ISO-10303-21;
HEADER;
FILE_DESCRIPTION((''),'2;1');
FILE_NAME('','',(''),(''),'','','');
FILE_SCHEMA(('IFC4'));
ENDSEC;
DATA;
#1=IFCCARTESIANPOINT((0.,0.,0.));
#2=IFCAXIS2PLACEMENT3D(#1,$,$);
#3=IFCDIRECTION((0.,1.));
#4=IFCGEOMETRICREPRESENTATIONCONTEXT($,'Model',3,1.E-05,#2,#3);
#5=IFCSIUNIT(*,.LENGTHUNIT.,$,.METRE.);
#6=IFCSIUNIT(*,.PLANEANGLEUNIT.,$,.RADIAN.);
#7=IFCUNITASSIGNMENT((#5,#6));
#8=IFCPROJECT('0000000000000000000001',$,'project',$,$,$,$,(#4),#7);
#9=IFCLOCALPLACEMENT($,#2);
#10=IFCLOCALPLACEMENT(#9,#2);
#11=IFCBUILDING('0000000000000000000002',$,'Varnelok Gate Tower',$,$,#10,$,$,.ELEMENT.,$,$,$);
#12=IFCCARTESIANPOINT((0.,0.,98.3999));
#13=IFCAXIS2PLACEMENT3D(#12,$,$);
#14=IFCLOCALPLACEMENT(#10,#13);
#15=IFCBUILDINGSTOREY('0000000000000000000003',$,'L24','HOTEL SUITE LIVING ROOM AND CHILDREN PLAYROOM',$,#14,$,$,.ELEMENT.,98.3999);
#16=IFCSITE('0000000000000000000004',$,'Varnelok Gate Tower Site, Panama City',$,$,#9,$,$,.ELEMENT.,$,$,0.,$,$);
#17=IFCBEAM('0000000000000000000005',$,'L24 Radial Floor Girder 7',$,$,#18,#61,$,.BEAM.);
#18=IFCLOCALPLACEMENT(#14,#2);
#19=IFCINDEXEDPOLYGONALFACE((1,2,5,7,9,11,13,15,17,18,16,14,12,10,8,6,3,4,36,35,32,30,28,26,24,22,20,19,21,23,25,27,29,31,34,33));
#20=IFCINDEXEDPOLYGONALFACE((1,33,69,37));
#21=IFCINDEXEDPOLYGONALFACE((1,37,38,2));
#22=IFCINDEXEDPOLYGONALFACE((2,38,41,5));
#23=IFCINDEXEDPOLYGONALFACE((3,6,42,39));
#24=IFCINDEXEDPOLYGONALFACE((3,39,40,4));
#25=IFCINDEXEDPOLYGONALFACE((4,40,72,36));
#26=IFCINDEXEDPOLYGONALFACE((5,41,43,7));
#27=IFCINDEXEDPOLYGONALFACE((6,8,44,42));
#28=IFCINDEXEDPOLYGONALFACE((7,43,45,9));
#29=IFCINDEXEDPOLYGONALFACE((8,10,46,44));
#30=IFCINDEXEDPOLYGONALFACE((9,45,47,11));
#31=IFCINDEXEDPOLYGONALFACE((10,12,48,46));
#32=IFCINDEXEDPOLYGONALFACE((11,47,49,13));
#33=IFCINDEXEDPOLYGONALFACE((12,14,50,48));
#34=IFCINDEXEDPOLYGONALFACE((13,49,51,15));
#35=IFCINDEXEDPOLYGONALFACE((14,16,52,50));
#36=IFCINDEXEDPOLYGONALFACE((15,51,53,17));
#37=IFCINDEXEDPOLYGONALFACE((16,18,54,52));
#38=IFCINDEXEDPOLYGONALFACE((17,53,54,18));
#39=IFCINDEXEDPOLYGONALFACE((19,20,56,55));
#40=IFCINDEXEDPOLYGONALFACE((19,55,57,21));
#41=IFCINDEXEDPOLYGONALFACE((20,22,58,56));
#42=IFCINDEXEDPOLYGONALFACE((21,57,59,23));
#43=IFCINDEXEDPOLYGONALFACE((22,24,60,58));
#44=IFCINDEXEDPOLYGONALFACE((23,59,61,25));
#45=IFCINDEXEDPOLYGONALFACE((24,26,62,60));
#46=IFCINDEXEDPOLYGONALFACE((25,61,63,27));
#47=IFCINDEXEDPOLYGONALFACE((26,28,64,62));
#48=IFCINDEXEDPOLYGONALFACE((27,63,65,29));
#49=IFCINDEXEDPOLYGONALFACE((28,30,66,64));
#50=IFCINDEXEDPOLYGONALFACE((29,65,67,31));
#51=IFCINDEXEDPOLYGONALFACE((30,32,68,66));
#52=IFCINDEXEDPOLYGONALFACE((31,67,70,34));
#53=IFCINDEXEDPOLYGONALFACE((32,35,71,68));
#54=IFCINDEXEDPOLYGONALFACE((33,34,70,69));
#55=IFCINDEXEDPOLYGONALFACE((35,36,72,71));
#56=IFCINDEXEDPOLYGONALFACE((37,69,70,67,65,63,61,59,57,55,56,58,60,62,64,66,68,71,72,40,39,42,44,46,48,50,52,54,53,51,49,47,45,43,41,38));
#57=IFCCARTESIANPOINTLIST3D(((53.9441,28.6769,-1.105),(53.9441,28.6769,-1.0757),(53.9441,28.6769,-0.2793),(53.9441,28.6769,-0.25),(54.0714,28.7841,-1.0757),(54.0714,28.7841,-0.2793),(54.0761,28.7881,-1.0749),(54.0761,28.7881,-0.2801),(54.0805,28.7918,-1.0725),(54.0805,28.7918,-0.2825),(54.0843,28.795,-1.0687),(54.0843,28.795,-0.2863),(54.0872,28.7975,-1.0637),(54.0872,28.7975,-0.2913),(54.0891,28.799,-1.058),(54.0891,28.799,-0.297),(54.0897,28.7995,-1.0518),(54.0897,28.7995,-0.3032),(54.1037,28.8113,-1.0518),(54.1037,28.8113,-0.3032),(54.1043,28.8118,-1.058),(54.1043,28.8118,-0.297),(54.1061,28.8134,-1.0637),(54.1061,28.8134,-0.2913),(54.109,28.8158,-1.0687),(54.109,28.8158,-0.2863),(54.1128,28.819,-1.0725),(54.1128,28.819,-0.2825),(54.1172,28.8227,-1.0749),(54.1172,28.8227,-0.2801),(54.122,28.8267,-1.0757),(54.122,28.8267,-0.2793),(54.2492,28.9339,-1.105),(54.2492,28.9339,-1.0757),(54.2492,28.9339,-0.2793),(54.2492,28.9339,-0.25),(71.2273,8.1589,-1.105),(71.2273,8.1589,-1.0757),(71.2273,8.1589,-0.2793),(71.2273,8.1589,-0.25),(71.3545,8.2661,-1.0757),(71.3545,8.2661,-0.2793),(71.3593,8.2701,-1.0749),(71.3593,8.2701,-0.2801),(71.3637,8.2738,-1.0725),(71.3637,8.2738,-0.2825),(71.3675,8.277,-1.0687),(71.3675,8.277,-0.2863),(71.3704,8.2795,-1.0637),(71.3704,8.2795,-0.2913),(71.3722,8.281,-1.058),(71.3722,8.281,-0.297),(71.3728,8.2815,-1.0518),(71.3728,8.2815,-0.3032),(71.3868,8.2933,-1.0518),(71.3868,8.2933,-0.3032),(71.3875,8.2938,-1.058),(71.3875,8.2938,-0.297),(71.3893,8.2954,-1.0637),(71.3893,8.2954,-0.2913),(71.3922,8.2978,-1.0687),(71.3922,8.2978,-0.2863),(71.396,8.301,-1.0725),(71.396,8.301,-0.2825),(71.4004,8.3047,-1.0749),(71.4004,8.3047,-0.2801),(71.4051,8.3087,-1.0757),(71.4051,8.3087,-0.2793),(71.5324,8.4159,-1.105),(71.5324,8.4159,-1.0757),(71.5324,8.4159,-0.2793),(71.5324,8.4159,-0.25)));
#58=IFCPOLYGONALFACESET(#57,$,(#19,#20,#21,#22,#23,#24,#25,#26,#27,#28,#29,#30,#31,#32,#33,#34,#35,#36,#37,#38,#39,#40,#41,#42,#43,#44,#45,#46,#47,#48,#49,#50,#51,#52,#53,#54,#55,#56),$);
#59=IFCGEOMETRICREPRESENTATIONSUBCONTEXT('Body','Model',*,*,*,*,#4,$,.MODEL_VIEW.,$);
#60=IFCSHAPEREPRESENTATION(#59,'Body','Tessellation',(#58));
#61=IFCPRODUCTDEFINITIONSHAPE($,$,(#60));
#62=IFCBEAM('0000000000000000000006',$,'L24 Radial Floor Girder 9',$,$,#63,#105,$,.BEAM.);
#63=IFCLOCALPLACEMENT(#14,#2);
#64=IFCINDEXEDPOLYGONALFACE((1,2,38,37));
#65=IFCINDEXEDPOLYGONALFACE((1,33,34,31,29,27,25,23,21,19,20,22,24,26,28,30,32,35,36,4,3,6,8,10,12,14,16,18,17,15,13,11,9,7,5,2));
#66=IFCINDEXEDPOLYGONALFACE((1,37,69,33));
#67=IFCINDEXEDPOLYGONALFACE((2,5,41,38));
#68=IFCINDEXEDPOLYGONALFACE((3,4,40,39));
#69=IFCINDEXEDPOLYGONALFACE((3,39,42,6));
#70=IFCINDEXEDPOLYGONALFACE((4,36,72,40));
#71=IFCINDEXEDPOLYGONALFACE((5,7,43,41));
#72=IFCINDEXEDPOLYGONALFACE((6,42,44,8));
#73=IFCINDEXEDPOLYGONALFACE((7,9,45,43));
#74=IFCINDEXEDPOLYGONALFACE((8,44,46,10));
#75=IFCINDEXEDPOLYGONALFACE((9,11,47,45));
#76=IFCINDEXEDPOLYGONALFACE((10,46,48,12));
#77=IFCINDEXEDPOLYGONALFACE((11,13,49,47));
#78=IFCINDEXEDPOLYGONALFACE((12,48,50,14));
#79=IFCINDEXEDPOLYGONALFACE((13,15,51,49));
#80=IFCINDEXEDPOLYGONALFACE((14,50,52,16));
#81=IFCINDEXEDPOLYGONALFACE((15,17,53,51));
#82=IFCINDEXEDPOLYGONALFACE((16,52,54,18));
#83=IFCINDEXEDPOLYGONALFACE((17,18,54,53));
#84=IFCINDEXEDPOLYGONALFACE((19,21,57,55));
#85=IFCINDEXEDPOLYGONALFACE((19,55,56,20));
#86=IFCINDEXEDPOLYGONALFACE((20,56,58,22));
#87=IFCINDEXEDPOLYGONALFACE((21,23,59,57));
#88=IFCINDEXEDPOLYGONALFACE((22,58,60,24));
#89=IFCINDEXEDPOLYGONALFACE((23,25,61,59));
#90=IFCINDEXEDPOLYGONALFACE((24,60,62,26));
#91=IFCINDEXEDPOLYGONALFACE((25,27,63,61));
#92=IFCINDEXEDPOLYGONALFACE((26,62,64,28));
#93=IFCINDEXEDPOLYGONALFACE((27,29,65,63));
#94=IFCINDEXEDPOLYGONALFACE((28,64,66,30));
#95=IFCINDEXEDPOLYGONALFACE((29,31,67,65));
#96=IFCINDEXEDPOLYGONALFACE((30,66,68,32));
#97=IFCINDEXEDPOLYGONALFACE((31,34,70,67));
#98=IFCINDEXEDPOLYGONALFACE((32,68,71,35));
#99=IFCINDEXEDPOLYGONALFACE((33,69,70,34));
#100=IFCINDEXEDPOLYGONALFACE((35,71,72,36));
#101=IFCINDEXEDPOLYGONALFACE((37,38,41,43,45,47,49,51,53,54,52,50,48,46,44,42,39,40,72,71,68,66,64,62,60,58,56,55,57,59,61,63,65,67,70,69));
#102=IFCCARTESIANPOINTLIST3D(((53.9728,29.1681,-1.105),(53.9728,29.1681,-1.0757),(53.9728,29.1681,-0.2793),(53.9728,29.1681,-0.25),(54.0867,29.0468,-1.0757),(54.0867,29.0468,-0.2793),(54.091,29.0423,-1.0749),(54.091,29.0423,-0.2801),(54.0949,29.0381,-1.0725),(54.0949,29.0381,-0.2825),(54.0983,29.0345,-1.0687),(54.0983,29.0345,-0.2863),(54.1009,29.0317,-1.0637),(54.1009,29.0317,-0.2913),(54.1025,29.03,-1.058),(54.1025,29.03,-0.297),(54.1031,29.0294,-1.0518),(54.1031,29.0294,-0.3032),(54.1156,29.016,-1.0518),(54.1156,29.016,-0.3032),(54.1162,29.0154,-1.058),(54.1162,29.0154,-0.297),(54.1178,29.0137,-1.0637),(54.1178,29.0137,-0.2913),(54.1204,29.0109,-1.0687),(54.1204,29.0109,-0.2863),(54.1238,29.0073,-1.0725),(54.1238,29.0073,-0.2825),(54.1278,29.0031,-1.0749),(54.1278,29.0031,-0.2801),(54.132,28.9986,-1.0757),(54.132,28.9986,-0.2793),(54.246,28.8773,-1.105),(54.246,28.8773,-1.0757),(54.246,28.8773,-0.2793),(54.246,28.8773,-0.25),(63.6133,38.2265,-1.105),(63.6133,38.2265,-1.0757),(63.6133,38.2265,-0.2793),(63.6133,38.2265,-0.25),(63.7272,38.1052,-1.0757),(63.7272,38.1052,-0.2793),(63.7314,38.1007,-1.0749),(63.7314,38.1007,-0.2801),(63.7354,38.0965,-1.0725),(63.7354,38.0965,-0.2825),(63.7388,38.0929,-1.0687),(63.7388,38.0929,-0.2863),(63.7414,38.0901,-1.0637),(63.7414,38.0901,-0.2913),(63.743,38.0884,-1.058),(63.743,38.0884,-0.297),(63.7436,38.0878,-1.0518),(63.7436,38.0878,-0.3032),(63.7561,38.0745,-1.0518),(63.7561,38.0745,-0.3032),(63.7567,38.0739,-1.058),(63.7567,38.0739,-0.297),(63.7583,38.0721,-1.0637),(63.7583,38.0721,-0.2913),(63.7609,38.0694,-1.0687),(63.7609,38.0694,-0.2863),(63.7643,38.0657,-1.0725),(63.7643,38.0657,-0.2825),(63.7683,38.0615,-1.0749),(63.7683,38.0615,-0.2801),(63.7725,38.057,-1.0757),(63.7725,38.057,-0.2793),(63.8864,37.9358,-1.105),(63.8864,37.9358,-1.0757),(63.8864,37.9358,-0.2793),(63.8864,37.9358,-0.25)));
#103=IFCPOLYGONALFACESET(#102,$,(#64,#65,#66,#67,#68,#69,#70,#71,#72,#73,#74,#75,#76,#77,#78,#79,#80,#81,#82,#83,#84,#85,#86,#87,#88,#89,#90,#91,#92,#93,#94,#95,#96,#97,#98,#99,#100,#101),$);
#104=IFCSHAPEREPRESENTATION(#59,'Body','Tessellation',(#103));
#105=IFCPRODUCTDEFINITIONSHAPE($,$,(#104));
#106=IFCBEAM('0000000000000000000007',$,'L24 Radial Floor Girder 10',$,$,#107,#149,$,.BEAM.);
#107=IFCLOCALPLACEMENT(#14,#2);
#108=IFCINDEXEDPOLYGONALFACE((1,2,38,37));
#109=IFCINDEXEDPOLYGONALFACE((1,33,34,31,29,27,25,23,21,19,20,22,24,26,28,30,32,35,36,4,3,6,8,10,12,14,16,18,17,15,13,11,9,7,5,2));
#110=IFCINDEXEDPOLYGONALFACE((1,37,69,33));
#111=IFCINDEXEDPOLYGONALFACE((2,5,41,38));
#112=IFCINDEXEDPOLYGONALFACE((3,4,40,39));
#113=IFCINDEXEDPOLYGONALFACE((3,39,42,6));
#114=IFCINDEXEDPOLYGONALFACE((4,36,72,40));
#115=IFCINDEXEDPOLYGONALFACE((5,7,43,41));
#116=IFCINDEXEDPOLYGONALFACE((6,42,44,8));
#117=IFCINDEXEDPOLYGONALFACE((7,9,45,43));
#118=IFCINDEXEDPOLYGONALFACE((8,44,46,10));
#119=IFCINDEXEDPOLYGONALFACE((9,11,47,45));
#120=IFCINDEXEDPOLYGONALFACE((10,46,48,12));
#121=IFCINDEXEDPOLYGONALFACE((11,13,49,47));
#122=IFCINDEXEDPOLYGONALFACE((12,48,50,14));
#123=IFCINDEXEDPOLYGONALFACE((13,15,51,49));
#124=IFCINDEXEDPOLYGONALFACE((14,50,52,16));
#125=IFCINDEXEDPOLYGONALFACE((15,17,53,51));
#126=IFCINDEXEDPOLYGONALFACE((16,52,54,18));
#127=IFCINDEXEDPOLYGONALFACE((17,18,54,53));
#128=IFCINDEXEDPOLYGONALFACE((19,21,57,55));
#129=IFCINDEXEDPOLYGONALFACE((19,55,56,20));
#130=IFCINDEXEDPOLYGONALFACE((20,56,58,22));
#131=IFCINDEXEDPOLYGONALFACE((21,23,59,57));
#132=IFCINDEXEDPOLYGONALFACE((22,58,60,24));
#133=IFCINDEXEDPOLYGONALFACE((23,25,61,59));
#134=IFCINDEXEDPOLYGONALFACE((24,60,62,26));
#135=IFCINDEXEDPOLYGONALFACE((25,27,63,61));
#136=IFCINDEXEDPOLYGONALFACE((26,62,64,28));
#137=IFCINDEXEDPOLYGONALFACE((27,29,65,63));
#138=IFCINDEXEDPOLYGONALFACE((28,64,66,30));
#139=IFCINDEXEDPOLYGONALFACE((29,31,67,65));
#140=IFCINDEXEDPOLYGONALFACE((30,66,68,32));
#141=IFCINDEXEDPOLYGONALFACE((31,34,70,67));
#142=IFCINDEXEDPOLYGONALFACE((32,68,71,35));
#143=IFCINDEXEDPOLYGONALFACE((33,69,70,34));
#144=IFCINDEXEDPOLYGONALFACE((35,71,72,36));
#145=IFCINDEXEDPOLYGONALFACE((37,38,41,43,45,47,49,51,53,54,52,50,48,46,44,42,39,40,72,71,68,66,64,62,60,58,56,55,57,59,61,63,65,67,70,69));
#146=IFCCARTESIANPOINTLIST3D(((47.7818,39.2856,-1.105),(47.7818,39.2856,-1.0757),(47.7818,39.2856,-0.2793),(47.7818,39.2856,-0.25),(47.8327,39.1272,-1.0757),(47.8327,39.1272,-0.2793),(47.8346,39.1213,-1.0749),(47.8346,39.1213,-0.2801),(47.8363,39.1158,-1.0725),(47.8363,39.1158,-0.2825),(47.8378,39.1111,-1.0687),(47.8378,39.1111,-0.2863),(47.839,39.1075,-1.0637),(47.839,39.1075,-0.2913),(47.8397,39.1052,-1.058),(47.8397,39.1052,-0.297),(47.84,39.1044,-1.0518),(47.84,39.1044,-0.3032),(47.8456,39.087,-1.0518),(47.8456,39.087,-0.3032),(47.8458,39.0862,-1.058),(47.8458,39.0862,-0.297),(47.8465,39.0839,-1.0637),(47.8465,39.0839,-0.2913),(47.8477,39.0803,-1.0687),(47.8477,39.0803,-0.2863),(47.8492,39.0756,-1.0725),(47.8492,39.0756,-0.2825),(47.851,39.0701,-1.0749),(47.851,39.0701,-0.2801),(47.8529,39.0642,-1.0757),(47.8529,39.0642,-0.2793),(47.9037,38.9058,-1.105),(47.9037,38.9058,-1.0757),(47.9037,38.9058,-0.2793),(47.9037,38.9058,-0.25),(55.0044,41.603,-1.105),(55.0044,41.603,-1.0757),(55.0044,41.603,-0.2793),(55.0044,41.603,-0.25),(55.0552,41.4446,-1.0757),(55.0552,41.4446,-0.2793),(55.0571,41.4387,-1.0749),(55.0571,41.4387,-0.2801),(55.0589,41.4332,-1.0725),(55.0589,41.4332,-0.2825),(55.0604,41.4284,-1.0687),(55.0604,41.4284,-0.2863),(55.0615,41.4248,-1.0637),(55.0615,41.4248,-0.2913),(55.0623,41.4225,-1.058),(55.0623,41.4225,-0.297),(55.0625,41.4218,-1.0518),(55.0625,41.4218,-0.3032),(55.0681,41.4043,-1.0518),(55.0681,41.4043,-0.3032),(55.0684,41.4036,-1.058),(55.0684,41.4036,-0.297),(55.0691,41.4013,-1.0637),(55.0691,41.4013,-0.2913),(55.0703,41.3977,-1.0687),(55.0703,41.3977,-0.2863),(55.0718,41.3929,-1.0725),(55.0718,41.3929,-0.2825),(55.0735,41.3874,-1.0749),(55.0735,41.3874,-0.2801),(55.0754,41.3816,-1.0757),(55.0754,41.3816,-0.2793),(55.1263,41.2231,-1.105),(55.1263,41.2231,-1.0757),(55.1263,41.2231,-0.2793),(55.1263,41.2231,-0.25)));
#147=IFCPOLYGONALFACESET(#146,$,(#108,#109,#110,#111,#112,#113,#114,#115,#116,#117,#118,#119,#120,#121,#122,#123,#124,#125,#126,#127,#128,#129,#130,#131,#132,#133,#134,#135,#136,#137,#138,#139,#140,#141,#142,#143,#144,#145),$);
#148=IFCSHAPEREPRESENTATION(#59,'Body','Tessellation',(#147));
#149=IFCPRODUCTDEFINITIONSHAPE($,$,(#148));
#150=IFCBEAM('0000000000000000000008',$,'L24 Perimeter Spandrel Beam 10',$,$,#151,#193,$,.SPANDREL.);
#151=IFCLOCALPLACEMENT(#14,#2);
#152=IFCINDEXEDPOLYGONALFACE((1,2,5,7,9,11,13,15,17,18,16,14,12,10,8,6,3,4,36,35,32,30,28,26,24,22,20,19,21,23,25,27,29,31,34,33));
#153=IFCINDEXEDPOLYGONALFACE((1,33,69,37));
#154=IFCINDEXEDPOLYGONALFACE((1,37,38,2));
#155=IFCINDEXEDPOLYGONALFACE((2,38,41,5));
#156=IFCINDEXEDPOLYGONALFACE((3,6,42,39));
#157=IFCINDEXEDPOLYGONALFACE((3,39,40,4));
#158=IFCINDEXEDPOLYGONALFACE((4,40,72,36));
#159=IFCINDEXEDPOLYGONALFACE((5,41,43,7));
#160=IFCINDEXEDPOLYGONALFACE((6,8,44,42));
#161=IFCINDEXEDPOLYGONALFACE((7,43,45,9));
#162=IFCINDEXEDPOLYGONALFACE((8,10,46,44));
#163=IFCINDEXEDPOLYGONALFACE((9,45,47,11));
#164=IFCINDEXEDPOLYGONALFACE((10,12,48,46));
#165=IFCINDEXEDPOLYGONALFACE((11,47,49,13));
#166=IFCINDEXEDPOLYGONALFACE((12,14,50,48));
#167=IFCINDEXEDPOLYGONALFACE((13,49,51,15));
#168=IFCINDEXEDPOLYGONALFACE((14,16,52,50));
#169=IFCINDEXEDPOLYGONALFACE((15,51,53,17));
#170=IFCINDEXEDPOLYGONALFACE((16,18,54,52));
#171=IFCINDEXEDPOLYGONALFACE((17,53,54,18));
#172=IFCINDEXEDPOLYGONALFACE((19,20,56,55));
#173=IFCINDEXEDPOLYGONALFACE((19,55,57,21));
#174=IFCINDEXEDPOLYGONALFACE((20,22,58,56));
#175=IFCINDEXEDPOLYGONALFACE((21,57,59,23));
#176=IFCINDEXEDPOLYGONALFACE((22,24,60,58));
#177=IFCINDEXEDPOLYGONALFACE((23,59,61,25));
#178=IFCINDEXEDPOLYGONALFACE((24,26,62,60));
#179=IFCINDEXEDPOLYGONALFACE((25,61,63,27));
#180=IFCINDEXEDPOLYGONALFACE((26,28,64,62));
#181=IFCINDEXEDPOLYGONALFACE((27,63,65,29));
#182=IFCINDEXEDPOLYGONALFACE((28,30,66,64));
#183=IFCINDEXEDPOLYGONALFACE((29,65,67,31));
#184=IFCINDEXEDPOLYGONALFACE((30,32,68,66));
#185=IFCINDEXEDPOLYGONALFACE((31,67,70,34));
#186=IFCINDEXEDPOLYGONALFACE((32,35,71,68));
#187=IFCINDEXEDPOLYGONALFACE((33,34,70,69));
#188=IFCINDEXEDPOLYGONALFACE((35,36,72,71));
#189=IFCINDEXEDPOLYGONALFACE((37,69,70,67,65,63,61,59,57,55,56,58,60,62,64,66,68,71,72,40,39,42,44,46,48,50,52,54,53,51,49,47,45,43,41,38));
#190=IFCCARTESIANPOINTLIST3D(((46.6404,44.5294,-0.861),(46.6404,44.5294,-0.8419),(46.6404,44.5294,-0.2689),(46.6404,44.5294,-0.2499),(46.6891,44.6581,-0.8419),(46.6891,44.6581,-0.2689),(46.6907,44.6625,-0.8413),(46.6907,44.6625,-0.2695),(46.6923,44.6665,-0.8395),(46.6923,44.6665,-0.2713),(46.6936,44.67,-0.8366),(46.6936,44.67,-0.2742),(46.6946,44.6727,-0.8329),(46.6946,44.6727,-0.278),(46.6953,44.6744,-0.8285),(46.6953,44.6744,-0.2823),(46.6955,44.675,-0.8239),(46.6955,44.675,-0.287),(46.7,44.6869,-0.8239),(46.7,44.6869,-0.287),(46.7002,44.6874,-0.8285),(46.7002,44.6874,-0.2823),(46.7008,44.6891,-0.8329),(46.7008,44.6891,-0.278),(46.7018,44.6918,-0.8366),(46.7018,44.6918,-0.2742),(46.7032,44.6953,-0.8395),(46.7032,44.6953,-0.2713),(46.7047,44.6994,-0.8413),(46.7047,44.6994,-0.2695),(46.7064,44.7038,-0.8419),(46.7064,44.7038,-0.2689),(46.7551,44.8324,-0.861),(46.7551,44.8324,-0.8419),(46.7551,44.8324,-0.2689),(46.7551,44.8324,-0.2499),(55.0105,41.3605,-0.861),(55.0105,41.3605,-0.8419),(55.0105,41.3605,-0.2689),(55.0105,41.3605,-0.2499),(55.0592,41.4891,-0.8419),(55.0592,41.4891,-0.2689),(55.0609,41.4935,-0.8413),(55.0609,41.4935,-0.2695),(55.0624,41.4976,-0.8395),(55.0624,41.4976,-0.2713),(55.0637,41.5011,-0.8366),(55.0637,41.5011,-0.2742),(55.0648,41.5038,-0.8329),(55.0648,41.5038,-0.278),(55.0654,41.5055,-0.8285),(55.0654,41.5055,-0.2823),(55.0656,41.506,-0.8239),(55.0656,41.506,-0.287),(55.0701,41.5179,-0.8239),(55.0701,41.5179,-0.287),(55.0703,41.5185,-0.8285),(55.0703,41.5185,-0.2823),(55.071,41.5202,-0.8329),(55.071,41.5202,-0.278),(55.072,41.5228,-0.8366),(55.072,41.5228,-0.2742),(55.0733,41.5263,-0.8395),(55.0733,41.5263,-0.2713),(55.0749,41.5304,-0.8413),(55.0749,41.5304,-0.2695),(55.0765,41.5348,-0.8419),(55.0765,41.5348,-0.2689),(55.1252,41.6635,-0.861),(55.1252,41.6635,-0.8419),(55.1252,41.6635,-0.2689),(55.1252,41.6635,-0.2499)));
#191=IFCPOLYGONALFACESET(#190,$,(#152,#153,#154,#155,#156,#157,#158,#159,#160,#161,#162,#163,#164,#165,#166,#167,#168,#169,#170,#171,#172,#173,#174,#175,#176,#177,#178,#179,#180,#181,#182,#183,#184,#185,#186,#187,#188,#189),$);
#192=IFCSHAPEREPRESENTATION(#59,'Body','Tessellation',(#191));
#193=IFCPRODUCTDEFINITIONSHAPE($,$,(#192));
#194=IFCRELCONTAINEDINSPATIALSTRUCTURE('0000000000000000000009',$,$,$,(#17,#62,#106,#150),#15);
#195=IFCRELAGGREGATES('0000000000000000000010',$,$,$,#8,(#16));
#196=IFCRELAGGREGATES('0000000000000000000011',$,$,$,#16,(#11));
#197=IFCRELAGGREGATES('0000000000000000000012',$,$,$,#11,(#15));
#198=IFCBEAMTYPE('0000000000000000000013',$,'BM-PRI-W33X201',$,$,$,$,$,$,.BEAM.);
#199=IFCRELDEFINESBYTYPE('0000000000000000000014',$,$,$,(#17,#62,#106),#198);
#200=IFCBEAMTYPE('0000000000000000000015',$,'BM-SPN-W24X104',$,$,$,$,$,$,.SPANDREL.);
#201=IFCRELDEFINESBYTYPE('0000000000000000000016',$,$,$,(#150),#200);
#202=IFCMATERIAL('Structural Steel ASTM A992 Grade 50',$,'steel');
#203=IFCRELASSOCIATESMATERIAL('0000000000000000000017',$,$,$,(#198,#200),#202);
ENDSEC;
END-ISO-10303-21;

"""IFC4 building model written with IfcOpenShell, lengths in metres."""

from ifc_helpers import new_model, si_unit, direction, frame, origin, origin_2d, place, context, subcontext, project, spatial, i_section, extrude, material, material_profile, profile_set, type_object, element, save


model = new_model("IFC4")

# Units and contexts
model_context = context("Model", 3, precision=1e-05, world=origin(), true_north=direction((0.0, 1.0)))
body_context = subcontext(model_context, "Body", "Model", "MODEL_VIEW")
ifc_project = project(units=[si_unit("LENGTHUNIT", "METRE"), si_unit("PLANEANGLEUNIT", "RADIAN")], contexts=[model_context])

# Site, building, storey
site_placement = place(None, origin())
site = spatial("IfcSite", under=ifc_project, at=site_placement, Name="Varnelok Gate Tower Site, Panama City", CompositionType="ELEMENT", RefElevation=0.0)
building_placement = place(site_placement, origin())
building = spatial("IfcBuilding", under=site, at=building_placement, Name="Varnelok Gate Tower", CompositionType="ELEMENT")
storey_placement = place(building_placement, frame((0.0, 0.0, 98.3999)))
storey = spatial("IfcBuildingStorey", under=building, at=storey_placement, Name="L24", Description="HOTEL SUITE LIVING ROOM AND CHILDREN PLAYROOM", CompositionType="ELEMENT", Elevation=98.3999)

# Shared definitions
ifc_material_1 = material(Name="Structural Steel ASTM A992 Grade 50", Category="steel")

# Beams
ifc_material_profile_1 = material_profile(ifc_material_1, i_section(OverallWidth=0.3989, OverallDepth=0.855, WebThickness=0.0183, FlangeThickness=0.0293, FilletRadius=0.0239, at=origin_2d()), Name="W33X201")
ifc_profile_set_1 = profile_set([ifc_material_profile_1], Name="Structural Steel ASTM A992 Grade 50")
beam_type_1 = type_object("IfcBeamType", Name="BM-PRI-W33X201", PredefinedType="BEAM", material=ifc_profile_set_1)
beam_1_placement = place(storey_placement, frame((54.0967, 28.8054, -0.6775), z_axis=(0.644241, -0.764822, 0.0), x_axis=(0.764822, 0.644241, 0.0)))
element("IfcBeam", 1, at=beam_1_placement, inside=storey, type_object=beam_type_1, Name="L24 Radial Floor Girder 7", PredefinedType="BEAM", context=body_context, shape_type="SweptSolid", body=[
    extrude(i_section(OverallWidth=0.3989, OverallDepth=0.855, WebThickness=0.0183, FlangeThickness=0.0293, FilletRadius=0.0239, at=origin_2d()), origin(), (0.0, 0.0, 1.0), 26.8271),
])
beam_2_placement = place(storey_placement, frame((54.1094, 29.0227, -0.6775), z_axis=(0.728764, 0.684765, 0.0), x_axis=(-0.684765, 0.728764, 0.0)))
element("IfcBeam", 2, at=beam_2_placement, inside=storey, type_object=beam_type_1, Name="L24 Radial Floor Girder 9", PredefinedType="BEAM", context=body_context, shape_type="SweptSolid", body=[
    extrude(i_section(OverallWidth=0.3989, OverallDepth=0.855, WebThickness=0.0183, FlangeThickness=0.0293, FilletRadius=0.0239, at=origin_2d()), origin(), (0.0, 0.0, 1.0), 13.2285),
])
beam_3_placement = place(storey_placement, frame((47.8428, 39.0957, -0.6775), z_axis=(0.952189, 0.305509, 0.0), x_axis=(-0.305509, 0.952189, 0.0)))
element("IfcBeam", 3, at=beam_3_placement, inside=storey, type_object=beam_type_1, Name="L24 Radial Floor Girder 10", PredefinedType="BEAM", context=body_context, shape_type="SweptSolid", body=[
    extrude(i_section(OverallWidth=0.3989, OverallDepth=0.855, WebThickness=0.0183, FlangeThickness=0.0293, FilletRadius=0.0239, at=origin_2d()), origin(), (0.0, 0.0, 1.0), 7.5852),
])
ifc_material_profile_2 = material_profile(ifc_material_1, i_section(OverallWidth=0.324, OverallDepth=0.6111, WebThickness=0.0127, FlangeThickness=0.019, FilletRadius=0.0181, at=origin_2d()), Name="W24X104")
ifc_profile_set_2 = profile_set([ifc_material_profile_2], Name="Structural Steel ASTM A992 Grade 50")
beam_type_2 = type_object("IfcBeamType", Name="BM-SPN-W24X104", PredefinedType="SPANDREL", material=ifc_profile_set_2)
beam_4_placement = place(storey_placement, frame((55.0679, 41.512, -0.5554), z_axis=(-0.935217, 0.354075, 0.0), x_axis=(-0.354075, -0.935217, 0.0)))
element("IfcBeam", 4, at=beam_4_placement, inside=storey, type_object=beam_type_2, Name="L24 Perimeter Spandrel Beam 10", PredefinedType="SPANDREL", context=body_context, shape_type="SweptSolid", body=[
    extrude(i_section(OverallWidth=0.324, OverallDepth=0.6111, WebThickness=0.0127, FlangeThickness=0.019, FilletRadius=0.0181, at=origin_2d()), origin(), (0.0, 0.0, 1.0), 8.95),
])

save(model, "model.ifc")
